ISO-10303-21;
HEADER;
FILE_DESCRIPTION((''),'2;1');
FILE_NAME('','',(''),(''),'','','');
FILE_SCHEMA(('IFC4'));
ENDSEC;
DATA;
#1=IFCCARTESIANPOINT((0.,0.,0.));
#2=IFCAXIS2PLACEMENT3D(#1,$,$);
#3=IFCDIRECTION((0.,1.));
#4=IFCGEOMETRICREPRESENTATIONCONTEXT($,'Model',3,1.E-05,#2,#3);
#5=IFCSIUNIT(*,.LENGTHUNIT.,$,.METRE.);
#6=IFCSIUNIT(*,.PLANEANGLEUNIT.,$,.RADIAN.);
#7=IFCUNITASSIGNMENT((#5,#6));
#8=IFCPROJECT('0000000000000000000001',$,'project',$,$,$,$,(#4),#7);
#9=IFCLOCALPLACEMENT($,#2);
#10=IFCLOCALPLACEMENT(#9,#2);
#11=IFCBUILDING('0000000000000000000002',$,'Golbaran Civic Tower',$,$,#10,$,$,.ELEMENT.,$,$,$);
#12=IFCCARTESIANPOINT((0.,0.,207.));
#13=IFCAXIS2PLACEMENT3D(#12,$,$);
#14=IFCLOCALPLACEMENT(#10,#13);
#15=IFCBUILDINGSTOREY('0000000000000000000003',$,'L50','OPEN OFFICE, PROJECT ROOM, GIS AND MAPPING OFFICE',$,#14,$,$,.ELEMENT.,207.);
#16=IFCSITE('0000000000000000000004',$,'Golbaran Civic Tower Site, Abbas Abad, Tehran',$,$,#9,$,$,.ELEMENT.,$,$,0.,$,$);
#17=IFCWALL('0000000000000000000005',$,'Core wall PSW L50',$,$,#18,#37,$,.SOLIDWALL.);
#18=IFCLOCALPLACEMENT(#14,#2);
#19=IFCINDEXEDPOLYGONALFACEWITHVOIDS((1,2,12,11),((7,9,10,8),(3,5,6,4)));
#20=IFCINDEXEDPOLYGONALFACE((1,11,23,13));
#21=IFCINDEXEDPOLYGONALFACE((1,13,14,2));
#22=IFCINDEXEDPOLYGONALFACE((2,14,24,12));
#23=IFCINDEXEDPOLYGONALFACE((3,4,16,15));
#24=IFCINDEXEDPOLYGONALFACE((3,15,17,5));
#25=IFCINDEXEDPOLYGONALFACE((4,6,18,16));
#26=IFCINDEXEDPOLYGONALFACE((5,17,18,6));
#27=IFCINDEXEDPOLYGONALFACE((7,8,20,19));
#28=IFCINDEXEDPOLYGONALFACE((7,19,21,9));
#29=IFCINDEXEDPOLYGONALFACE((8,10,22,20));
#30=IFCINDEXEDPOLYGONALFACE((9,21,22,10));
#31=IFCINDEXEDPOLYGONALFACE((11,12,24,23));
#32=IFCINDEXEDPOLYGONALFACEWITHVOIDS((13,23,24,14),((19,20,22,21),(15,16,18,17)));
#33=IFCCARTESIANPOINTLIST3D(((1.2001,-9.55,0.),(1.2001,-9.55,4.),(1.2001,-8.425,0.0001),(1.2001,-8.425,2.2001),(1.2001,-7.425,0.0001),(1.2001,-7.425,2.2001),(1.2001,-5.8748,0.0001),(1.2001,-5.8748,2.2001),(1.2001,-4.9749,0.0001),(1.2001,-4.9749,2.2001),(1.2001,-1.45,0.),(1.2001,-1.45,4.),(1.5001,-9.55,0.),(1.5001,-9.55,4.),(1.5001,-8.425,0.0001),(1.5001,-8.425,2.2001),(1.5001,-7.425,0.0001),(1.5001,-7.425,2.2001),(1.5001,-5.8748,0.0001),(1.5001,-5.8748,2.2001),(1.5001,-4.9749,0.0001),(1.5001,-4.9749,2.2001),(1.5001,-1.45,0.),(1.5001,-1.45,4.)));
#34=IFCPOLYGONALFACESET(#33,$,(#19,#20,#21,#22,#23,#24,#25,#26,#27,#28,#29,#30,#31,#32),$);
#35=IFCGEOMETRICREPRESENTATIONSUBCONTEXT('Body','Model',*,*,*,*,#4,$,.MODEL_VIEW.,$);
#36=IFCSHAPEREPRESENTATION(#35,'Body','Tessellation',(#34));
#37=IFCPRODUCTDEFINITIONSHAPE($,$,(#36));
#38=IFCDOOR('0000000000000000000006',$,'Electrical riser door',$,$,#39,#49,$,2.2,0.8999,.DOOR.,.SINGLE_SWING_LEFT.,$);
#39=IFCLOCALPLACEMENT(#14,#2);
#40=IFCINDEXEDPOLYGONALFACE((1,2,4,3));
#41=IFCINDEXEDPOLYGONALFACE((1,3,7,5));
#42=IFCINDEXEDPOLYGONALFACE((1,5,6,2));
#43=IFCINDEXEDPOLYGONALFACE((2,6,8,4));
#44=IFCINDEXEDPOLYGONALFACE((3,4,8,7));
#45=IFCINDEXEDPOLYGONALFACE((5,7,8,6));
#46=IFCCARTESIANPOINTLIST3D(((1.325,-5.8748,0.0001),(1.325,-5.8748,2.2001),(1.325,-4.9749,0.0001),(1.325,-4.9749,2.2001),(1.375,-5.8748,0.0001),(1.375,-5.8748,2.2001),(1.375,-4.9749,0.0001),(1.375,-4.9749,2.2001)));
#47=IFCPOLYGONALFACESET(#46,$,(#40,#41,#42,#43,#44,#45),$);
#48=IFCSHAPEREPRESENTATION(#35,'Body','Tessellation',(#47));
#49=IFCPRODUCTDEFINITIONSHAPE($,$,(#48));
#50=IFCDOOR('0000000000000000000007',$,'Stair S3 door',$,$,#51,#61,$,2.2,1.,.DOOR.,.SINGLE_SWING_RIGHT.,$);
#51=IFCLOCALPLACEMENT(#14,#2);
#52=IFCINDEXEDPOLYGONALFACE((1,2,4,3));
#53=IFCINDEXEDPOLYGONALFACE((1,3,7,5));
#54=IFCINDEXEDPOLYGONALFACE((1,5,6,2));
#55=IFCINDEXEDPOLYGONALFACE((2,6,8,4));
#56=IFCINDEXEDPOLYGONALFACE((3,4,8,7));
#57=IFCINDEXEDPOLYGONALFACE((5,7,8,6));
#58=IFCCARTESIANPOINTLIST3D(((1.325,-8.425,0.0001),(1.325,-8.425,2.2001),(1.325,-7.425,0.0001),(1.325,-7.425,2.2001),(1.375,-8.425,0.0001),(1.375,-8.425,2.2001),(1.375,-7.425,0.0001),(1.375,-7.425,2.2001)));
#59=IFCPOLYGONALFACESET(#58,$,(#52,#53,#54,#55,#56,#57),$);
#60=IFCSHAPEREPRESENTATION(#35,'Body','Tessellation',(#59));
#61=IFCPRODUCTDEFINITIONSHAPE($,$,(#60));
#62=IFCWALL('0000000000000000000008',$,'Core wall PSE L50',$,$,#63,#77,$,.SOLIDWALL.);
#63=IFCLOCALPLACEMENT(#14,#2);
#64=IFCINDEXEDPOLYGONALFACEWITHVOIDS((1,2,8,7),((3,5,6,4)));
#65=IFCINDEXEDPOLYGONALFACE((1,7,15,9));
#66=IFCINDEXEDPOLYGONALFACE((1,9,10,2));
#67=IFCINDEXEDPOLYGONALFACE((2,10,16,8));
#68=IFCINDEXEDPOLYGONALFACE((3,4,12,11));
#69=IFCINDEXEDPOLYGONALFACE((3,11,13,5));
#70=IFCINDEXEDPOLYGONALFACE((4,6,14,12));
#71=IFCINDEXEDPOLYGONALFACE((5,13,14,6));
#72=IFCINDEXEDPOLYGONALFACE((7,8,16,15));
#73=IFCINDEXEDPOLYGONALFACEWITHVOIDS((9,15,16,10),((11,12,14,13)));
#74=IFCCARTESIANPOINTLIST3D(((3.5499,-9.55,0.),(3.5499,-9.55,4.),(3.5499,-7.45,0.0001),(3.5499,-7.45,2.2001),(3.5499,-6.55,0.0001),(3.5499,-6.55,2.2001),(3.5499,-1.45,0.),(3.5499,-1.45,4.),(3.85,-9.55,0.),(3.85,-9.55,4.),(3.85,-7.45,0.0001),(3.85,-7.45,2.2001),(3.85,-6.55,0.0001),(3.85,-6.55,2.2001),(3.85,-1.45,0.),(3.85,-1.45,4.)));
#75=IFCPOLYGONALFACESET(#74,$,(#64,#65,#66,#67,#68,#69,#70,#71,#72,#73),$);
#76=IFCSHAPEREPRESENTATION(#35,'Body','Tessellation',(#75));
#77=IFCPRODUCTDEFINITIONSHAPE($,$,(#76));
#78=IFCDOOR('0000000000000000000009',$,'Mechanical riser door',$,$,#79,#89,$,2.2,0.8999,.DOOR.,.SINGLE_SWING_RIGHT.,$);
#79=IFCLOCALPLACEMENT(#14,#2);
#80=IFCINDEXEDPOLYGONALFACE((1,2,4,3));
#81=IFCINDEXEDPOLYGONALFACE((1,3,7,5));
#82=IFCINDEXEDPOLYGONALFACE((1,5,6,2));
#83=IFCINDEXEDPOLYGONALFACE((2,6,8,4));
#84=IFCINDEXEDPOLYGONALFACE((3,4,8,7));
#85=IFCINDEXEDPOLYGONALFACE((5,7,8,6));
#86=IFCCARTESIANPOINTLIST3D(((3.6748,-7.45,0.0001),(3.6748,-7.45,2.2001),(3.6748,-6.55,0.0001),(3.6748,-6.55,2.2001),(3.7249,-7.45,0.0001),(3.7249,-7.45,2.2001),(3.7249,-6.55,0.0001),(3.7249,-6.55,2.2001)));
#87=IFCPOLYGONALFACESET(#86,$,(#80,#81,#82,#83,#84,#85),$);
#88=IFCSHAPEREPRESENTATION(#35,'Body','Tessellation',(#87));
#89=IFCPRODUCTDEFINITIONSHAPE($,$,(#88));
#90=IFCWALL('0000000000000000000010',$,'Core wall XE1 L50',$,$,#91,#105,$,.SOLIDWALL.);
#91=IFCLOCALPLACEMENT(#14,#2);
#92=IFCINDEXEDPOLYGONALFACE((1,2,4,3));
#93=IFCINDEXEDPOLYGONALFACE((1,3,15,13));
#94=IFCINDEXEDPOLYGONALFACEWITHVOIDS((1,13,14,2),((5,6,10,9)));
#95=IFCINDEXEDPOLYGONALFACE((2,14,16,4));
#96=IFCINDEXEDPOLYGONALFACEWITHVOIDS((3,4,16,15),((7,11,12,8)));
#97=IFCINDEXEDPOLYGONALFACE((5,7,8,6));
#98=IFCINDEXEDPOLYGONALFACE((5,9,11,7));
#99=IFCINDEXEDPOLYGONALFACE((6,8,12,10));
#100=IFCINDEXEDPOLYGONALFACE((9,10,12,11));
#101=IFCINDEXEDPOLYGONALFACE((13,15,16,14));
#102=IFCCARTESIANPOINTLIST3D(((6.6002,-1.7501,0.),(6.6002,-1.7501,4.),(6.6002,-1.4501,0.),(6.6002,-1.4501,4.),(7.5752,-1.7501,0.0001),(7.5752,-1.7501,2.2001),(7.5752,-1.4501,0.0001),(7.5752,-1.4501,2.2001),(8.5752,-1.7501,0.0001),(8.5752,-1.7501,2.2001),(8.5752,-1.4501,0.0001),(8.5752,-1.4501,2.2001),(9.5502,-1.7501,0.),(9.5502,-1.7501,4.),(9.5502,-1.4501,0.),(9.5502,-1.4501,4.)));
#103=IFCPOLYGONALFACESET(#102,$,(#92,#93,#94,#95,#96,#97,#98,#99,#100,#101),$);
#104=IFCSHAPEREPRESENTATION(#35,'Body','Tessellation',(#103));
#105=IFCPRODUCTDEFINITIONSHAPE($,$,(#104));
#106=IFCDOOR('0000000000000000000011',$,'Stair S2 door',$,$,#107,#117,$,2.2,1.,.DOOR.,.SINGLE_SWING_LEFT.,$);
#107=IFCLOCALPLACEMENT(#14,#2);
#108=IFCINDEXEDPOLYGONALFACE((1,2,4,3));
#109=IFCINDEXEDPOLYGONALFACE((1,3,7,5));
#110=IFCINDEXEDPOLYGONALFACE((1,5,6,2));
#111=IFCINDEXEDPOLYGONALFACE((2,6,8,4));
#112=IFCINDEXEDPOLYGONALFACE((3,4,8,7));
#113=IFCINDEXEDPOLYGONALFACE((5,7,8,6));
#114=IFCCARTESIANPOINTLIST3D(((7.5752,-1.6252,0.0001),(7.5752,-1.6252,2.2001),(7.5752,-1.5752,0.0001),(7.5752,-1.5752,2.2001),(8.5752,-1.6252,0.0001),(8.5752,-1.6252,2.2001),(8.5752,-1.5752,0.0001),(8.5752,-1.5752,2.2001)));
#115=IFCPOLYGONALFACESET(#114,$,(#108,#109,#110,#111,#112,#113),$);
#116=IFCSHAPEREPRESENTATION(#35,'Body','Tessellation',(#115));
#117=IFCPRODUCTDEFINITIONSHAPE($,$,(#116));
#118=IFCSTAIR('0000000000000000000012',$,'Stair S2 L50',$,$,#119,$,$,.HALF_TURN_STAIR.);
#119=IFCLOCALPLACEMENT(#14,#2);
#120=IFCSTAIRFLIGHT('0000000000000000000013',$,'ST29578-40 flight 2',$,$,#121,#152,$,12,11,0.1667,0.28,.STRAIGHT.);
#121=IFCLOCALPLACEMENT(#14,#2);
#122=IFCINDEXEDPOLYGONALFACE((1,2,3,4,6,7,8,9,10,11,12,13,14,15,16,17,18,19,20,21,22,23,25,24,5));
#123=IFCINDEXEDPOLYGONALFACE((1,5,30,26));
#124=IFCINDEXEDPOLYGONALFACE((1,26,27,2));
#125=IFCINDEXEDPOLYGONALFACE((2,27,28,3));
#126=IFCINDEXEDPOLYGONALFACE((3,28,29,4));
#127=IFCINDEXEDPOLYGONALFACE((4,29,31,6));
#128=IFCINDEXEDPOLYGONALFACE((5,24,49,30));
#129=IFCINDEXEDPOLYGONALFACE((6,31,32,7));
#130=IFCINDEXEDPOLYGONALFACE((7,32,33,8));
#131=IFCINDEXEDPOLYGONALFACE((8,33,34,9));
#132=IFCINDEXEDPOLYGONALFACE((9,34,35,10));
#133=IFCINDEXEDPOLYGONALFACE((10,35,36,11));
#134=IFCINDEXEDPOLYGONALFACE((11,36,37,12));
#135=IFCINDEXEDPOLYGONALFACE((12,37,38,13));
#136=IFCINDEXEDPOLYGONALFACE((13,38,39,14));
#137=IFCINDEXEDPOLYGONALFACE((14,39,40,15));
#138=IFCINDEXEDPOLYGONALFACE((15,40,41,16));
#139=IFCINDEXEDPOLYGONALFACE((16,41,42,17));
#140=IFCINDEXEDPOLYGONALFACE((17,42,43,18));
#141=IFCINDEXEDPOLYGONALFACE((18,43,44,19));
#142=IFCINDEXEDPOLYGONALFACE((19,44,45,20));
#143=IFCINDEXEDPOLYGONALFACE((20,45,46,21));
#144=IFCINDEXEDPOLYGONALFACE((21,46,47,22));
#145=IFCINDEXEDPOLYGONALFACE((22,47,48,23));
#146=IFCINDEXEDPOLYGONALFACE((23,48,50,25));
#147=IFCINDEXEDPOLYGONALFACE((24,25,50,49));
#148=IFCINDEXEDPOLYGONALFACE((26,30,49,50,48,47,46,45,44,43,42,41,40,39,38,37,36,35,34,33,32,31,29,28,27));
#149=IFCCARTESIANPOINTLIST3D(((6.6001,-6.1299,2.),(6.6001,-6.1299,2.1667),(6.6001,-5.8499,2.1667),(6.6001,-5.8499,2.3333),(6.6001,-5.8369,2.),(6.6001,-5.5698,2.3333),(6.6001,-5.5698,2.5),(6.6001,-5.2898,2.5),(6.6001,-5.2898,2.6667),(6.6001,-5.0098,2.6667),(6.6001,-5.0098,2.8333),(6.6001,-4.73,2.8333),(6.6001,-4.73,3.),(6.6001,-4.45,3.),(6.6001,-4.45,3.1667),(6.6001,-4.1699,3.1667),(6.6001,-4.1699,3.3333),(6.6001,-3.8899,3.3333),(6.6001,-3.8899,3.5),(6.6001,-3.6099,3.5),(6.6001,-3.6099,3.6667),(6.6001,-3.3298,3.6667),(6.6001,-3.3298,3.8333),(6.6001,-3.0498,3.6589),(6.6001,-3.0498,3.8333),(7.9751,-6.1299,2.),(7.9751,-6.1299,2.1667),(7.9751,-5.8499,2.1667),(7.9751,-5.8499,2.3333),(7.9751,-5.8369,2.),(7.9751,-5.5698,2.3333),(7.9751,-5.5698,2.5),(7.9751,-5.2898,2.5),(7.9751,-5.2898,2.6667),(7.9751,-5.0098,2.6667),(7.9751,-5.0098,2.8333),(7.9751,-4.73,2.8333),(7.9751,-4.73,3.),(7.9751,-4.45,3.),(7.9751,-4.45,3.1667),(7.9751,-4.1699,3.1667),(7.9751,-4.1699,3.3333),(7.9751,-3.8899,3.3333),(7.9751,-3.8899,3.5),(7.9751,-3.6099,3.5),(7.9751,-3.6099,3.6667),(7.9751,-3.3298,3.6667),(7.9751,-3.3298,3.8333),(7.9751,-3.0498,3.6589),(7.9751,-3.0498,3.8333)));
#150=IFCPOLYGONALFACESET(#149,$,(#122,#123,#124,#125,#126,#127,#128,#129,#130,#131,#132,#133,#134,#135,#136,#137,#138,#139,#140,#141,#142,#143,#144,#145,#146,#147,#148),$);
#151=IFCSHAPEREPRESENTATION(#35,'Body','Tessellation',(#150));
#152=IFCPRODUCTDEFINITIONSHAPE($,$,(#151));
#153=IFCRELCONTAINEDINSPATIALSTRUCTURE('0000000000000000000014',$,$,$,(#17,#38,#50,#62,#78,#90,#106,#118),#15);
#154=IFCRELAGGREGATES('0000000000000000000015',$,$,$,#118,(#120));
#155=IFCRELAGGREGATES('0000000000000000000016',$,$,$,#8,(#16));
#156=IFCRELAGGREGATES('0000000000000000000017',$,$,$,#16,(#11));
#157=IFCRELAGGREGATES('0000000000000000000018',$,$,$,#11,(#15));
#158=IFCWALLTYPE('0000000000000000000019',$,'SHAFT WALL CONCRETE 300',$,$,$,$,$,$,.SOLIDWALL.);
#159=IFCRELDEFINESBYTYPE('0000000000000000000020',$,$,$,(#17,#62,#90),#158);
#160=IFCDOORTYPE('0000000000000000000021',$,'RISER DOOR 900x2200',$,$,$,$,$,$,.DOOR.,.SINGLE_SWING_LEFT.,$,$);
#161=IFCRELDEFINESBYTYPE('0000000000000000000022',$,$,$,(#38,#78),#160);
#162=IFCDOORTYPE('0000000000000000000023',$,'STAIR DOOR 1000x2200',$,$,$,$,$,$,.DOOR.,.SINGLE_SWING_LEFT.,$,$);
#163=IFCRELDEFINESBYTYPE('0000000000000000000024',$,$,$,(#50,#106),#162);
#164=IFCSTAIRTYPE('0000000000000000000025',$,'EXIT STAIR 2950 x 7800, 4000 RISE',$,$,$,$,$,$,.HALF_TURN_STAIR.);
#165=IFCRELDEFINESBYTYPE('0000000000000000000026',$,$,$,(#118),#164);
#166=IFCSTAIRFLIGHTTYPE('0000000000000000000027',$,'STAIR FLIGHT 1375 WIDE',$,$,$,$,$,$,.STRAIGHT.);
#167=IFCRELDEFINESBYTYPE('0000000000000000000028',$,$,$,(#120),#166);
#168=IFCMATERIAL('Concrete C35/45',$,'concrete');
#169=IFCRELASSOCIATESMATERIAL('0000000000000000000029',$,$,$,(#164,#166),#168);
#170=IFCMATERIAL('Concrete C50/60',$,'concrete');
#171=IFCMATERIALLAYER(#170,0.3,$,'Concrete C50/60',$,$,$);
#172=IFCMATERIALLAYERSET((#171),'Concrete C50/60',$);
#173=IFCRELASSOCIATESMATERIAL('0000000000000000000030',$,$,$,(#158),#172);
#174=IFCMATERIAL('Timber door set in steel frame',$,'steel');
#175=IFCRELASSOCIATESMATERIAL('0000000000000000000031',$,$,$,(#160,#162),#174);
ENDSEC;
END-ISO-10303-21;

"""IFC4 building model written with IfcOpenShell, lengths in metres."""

from ifc_helpers import new_model, si_unit, direction, frame, frame_2d, origin, place, context, subcontext, project, spatial, polyline, rectangle, outline, extrude, material, layer, layer_set, type_object, element, fill, aggregate, save


model = new_model("IFC4")

# Units and contexts
model_context = context("Model", 3, precision=1e-05, world=origin(), true_north=direction((0.0, 1.0)))
body_context = subcontext(model_context, "Body", "Model", "MODEL_VIEW")
ifc_project = project(units=[si_unit("LENGTHUNIT", "METRE"), si_unit("PLANEANGLEUNIT", "RADIAN")], contexts=[model_context])

# Site, building, storey
site_placement = place(None, origin())
site = spatial("IfcSite", under=ifc_project, at=site_placement, Name="Golbaran Civic Tower Site, Abbas Abad, Tehran", CompositionType="ELEMENT", RefElevation=0.0)
building_placement = place(site_placement, origin())
building = spatial("IfcBuilding", under=site, at=building_placement, Name="Golbaran Civic Tower", CompositionType="ELEMENT")
storey_placement = place(building_placement, frame((0.0, 0.0, 207.0)))
storey = spatial("IfcBuildingStorey", under=building, at=storey_placement, Name="L50", Description="OPEN OFFICE, PROJECT ROOM, GIS AND MAPPING OFFICE", CompositionType="ELEMENT", Elevation=207.0)

# Shared definitions
ifc_material_1 = material(Name="Concrete C35/45", Category="concrete")

# Shared definitions
stair_type = type_object("IfcStairType", Name="EXIT STAIR 2950 x 7800, 4000 RISE", PredefinedType="HALF_TURN_STAIR", material=ifc_material_1)

# Shared definitions
ifc_material_2 = material(Name="Concrete C50/60", Category="concrete")
ifc_layer_1 = layer(ifc_material_2, 0.3, Name="Concrete C50/60")
ifc_layer_set_1 = layer_set([ifc_layer_1], Name="Concrete C50/60")
wall_type_1 = type_object("IfcWallType", Name="SHAFT WALL CONCRETE 300", PredefinedType="SOLIDWALL", material=ifc_layer_set_1)

# Wall, openings, doors
wall_1_placement = place(storey_placement, frame((1.3501, -1.45, 0.0), z_axis=(0.0, 0.0, 1.0), x_axis=(0.0, -1.0, 0.0)))
wall_1 = element("IfcWall", 1, at=wall_1_placement, inside=storey, type_object=wall_type_1, Name="Core wall PSW L50", PredefinedType="SOLIDWALL", context=body_context, shape_type="SweptSolid", body=[
    extrude(rectangle(XDim=8.1001, YDim=0.3, at=frame_2d((4.05, 0.0))), origin(), (0.0, 0.0, 1.0), 4.0),
])
opening_1_placement = place(wall_1_placement, frame((5.9751, 0.0, 0.0)))
opening_1 = element("IfcOpeningElement", 2, at=opening_1_placement, cuts=wall_1, PredefinedType="OPENING", context=body_context, shape_type="SweptSolid", body=[
    extrude(rectangle(XDim=1.0, YDim=2.2, at=frame_2d((0.5, 1.1001))), frame((0.0, 0.1599, 0.0), z_axis=(0.0, -1.0, 0.0), x_axis=(1.0, 0.0, 0.0)), (0.0, 0.0, 1.0), 0.3201),
])
opening_2_placement = place(wall_1_placement, frame((3.5249, 0.0, 0.0)))
opening_2 = element("IfcOpeningElement", 3, at=opening_2_placement, cuts=wall_1, PredefinedType="OPENING", context=body_context, shape_type="SweptSolid", body=[
    extrude(rectangle(XDim=0.8999, YDim=2.2, at=frame_2d((0.45, 1.1001))), frame((0.0, 0.1599, 0.0), z_axis=(0.0, -1.0, 0.0), x_axis=(1.0, 0.0, 0.0)), (0.0, 0.0, 1.0), 0.3201),
])
ifc_material_3 = material(Name="Timber door set in steel frame", Category="steel")
door_type_1 = type_object("IfcDoorType", Name="RISER DOOR 900x2200", OperationType="SINGLE_SWING_LEFT", PredefinedType="DOOR", material=ifc_material_3)
door_1_placement = place(opening_2_placement, origin())
door_1 = element("IfcDoor", 4, at=door_1_placement, inside=storey, type_object=door_type_1, Name="Electrical riser door", OperationType="SINGLE_SWING_LEFT", OverallHeight=2.2, OverallWidth=0.8999, PredefinedType="DOOR", context=body_context, shape_type="SweptSolid", body=[
    extrude(rectangle(XDim=0.8999, YDim=2.2, at=frame_2d((0.45, 1.1001))), frame((0.0, 0.0249, 0.0), z_axis=(0.0, -1.0, 0.0), x_axis=(1.0, 0.0, 0.0)), (0.0, 0.0, 1.0), 0.05),
])
fill(opening_2, door_1)
door_type_2 = type_object("IfcDoorType", Name="STAIR DOOR 1000x2200", OperationType="SINGLE_SWING_LEFT", PredefinedType="DOOR", material=ifc_material_3)
door_2_placement = place(opening_1_placement, origin())
door_2 = element("IfcDoor", 5, at=door_2_placement, inside=storey, type_object=door_type_2, Name="Stair S3 door", OperationType="SINGLE_SWING_RIGHT", OverallHeight=2.2, OverallWidth=1.0, PredefinedType="DOOR", context=body_context, shape_type="SweptSolid", body=[
    extrude(rectangle(XDim=1.0, YDim=2.2, at=frame_2d((0.5, 1.1001))), frame((0.0, 0.0249, 0.0), z_axis=(0.0, -1.0, 0.0), x_axis=(1.0, 0.0, 0.0)), (0.0, 0.0, 1.0), 0.05),
])
fill(opening_1, door_2)

# Walls, openings, doors
wall_2_placement = place(storey_placement, frame((3.7, -1.45, 0.0), z_axis=(0.0, 0.0, 1.0), x_axis=(0.0, -1.0, 0.0)))
wall_2 = element("IfcWall", 6, at=wall_2_placement, inside=storey, type_object=wall_type_1, Name="Core wall PSE L50", PredefinedType="SOLIDWALL", context=body_context, shape_type="SweptSolid", body=[
    extrude(rectangle(XDim=8.1001, YDim=0.3, at=frame_2d((4.05, 0.0))), origin(), (0.0, 0.0, 1.0), 4.0),
])
opening_3_placement = place(wall_2_placement, frame((5.1001, 0.0, 0.0)))
opening_3 = element("IfcOpeningElement", 7, at=opening_3_placement, cuts=wall_2, PredefinedType="OPENING", context=body_context, shape_type="SweptSolid", body=[
    extrude(rectangle(XDim=0.8999, YDim=2.2, at=frame_2d((0.45, 1.1001))), frame((0.0, 0.1599, 0.0), z_axis=(0.0, -1.0, 0.0), x_axis=(1.0, 0.0, 0.0)), (0.0, 0.0, 1.0), 0.3201),
])
door_3_placement = place(opening_3_placement, origin())
door_3 = element("IfcDoor", 8, at=door_3_placement, inside=storey, type_object=door_type_1, Name="Mechanical riser door", OperationType="SINGLE_SWING_RIGHT", OverallHeight=2.2, OverallWidth=0.8999, PredefinedType="DOOR", context=body_context, shape_type="SweptSolid", body=[
    extrude(rectangle(XDim=0.8999, YDim=2.2, at=frame_2d((0.45, 1.1001))), frame((0.0, 0.0249, 0.0), z_axis=(0.0, -1.0, 0.0), x_axis=(1.0, 0.0, 0.0)), (0.0, 0.0, 1.0), 0.05),
])
fill(opening_3, door_3)
wall_3_placement = place(storey_placement, frame((6.6001, -1.6001, 0.0), z_axis=(0.0, 0.0, 1.0), x_axis=(1.0, 0.0, 0.0)))
wall_3 = element("IfcWall", 9, at=wall_3_placement, inside=storey, type_object=wall_type_1, Name="Core wall XE1 L50", PredefinedType="SOLIDWALL", context=body_context, shape_type="SweptSolid", body=[
    extrude(rectangle(XDim=2.95, YDim=0.3, at=frame_2d((1.4751, 0.0))), origin(), (0.0, 0.0, 1.0), 4.0),
])
opening_4_placement = place(wall_3_placement, frame((0.9751, 0.0, 0.0)))
opening_4 = element("IfcOpeningElement", 10, at=opening_4_placement, cuts=wall_3, PredefinedType="OPENING", context=body_context, shape_type="SweptSolid", body=[
    extrude(rectangle(XDim=1.0, YDim=2.2, at=frame_2d((0.5, 1.1001))), frame((0.0, 0.1599, 0.0), z_axis=(0.0, -1.0, 0.0), x_axis=(1.0, 0.0, 0.0)), (0.0, 0.0, 1.0), 0.3201),
])
door_4_placement = place(opening_4_placement, origin())
door_4 = element("IfcDoor", 11, at=door_4_placement, inside=storey, type_object=door_type_2, Name="Stair S2 door", OperationType="SINGLE_SWING_LEFT", OverallHeight=2.2, OverallWidth=1.0, PredefinedType="DOOR", context=body_context, shape_type="SweptSolid", body=[
    extrude(rectangle(XDim=1.0, YDim=2.2, at=frame_2d((0.5, 1.1001))), frame((0.0, 0.0249, 0.0), z_axis=(0.0, -1.0, 0.0), x_axis=(1.0, 0.0, 0.0)), (0.0, 0.0, 1.0), 0.05),
])
fill(opening_4, door_4)

# Stair, stair flight
stair_1_placement = place(storey_placement, origin())
stair_1 = element("IfcStair", 12, at=stair_1_placement, inside=storey, type_object=stair_type, Name="Stair S2 L50", PredefinedType="HALF_TURN_STAIR")
stair_flight_type = type_object("IfcStairFlightType", Name="STAIR FLIGHT 1375 WIDE", PredefinedType="STRAIGHT", material=ifc_material_1)
stair_flight_placement = place(storey_placement, frame((7.2876, -6.1299, 2.0), z_axis=(0.0, 0.0, 1.0), x_axis=(0.0, 1.0, 0.0)))
stair_flight = element("IfcStairFlight", 13, at=stair_flight_placement, type_object=stair_flight_type, Name="ST29578-40 flight 2", NumberOfRisers=12, NumberOfTreads=11, PredefinedType="STRAIGHT", RiserHeight=0.1667, TreadLength=0.28, context=body_context, shape_type="SweptSolid", body=[
    extrude(outline(polyline([(0.0, 0.0), (0.0, 0.1667), (0.28, 0.1667), (0.28, 0.3333), (0.5601, 0.3333), (0.5601, 0.5), (0.8401, 0.5), (0.8401, 0.6667), (1.1201, 0.6667), (1.1201, 0.8333), (1.3999, 0.8333), (1.3999, 1.0), (1.6799, 1.0), (1.6799, 1.1667), (1.96, 1.1667), (1.96, 1.3333), (2.24, 1.3333), (2.24, 1.5), (2.52, 1.5), (2.52, 1.6667), (2.8, 1.6667), (2.8, 1.8333), (3.0801, 1.8333), (3.0801, 2.0), (3.0801, 1.6589), (0.293, 0.0), (0.0, 0.0)])), frame((0.0, 0.6875, 0.0), z_axis=(0.0, -1.0, 0.0), x_axis=(1.0, 0.0, 0.0)), (0.0, 0.0, 1.0), 1.375),
])
aggregate(stair_1, [stair_flight])

save(model, "model.ifc")
